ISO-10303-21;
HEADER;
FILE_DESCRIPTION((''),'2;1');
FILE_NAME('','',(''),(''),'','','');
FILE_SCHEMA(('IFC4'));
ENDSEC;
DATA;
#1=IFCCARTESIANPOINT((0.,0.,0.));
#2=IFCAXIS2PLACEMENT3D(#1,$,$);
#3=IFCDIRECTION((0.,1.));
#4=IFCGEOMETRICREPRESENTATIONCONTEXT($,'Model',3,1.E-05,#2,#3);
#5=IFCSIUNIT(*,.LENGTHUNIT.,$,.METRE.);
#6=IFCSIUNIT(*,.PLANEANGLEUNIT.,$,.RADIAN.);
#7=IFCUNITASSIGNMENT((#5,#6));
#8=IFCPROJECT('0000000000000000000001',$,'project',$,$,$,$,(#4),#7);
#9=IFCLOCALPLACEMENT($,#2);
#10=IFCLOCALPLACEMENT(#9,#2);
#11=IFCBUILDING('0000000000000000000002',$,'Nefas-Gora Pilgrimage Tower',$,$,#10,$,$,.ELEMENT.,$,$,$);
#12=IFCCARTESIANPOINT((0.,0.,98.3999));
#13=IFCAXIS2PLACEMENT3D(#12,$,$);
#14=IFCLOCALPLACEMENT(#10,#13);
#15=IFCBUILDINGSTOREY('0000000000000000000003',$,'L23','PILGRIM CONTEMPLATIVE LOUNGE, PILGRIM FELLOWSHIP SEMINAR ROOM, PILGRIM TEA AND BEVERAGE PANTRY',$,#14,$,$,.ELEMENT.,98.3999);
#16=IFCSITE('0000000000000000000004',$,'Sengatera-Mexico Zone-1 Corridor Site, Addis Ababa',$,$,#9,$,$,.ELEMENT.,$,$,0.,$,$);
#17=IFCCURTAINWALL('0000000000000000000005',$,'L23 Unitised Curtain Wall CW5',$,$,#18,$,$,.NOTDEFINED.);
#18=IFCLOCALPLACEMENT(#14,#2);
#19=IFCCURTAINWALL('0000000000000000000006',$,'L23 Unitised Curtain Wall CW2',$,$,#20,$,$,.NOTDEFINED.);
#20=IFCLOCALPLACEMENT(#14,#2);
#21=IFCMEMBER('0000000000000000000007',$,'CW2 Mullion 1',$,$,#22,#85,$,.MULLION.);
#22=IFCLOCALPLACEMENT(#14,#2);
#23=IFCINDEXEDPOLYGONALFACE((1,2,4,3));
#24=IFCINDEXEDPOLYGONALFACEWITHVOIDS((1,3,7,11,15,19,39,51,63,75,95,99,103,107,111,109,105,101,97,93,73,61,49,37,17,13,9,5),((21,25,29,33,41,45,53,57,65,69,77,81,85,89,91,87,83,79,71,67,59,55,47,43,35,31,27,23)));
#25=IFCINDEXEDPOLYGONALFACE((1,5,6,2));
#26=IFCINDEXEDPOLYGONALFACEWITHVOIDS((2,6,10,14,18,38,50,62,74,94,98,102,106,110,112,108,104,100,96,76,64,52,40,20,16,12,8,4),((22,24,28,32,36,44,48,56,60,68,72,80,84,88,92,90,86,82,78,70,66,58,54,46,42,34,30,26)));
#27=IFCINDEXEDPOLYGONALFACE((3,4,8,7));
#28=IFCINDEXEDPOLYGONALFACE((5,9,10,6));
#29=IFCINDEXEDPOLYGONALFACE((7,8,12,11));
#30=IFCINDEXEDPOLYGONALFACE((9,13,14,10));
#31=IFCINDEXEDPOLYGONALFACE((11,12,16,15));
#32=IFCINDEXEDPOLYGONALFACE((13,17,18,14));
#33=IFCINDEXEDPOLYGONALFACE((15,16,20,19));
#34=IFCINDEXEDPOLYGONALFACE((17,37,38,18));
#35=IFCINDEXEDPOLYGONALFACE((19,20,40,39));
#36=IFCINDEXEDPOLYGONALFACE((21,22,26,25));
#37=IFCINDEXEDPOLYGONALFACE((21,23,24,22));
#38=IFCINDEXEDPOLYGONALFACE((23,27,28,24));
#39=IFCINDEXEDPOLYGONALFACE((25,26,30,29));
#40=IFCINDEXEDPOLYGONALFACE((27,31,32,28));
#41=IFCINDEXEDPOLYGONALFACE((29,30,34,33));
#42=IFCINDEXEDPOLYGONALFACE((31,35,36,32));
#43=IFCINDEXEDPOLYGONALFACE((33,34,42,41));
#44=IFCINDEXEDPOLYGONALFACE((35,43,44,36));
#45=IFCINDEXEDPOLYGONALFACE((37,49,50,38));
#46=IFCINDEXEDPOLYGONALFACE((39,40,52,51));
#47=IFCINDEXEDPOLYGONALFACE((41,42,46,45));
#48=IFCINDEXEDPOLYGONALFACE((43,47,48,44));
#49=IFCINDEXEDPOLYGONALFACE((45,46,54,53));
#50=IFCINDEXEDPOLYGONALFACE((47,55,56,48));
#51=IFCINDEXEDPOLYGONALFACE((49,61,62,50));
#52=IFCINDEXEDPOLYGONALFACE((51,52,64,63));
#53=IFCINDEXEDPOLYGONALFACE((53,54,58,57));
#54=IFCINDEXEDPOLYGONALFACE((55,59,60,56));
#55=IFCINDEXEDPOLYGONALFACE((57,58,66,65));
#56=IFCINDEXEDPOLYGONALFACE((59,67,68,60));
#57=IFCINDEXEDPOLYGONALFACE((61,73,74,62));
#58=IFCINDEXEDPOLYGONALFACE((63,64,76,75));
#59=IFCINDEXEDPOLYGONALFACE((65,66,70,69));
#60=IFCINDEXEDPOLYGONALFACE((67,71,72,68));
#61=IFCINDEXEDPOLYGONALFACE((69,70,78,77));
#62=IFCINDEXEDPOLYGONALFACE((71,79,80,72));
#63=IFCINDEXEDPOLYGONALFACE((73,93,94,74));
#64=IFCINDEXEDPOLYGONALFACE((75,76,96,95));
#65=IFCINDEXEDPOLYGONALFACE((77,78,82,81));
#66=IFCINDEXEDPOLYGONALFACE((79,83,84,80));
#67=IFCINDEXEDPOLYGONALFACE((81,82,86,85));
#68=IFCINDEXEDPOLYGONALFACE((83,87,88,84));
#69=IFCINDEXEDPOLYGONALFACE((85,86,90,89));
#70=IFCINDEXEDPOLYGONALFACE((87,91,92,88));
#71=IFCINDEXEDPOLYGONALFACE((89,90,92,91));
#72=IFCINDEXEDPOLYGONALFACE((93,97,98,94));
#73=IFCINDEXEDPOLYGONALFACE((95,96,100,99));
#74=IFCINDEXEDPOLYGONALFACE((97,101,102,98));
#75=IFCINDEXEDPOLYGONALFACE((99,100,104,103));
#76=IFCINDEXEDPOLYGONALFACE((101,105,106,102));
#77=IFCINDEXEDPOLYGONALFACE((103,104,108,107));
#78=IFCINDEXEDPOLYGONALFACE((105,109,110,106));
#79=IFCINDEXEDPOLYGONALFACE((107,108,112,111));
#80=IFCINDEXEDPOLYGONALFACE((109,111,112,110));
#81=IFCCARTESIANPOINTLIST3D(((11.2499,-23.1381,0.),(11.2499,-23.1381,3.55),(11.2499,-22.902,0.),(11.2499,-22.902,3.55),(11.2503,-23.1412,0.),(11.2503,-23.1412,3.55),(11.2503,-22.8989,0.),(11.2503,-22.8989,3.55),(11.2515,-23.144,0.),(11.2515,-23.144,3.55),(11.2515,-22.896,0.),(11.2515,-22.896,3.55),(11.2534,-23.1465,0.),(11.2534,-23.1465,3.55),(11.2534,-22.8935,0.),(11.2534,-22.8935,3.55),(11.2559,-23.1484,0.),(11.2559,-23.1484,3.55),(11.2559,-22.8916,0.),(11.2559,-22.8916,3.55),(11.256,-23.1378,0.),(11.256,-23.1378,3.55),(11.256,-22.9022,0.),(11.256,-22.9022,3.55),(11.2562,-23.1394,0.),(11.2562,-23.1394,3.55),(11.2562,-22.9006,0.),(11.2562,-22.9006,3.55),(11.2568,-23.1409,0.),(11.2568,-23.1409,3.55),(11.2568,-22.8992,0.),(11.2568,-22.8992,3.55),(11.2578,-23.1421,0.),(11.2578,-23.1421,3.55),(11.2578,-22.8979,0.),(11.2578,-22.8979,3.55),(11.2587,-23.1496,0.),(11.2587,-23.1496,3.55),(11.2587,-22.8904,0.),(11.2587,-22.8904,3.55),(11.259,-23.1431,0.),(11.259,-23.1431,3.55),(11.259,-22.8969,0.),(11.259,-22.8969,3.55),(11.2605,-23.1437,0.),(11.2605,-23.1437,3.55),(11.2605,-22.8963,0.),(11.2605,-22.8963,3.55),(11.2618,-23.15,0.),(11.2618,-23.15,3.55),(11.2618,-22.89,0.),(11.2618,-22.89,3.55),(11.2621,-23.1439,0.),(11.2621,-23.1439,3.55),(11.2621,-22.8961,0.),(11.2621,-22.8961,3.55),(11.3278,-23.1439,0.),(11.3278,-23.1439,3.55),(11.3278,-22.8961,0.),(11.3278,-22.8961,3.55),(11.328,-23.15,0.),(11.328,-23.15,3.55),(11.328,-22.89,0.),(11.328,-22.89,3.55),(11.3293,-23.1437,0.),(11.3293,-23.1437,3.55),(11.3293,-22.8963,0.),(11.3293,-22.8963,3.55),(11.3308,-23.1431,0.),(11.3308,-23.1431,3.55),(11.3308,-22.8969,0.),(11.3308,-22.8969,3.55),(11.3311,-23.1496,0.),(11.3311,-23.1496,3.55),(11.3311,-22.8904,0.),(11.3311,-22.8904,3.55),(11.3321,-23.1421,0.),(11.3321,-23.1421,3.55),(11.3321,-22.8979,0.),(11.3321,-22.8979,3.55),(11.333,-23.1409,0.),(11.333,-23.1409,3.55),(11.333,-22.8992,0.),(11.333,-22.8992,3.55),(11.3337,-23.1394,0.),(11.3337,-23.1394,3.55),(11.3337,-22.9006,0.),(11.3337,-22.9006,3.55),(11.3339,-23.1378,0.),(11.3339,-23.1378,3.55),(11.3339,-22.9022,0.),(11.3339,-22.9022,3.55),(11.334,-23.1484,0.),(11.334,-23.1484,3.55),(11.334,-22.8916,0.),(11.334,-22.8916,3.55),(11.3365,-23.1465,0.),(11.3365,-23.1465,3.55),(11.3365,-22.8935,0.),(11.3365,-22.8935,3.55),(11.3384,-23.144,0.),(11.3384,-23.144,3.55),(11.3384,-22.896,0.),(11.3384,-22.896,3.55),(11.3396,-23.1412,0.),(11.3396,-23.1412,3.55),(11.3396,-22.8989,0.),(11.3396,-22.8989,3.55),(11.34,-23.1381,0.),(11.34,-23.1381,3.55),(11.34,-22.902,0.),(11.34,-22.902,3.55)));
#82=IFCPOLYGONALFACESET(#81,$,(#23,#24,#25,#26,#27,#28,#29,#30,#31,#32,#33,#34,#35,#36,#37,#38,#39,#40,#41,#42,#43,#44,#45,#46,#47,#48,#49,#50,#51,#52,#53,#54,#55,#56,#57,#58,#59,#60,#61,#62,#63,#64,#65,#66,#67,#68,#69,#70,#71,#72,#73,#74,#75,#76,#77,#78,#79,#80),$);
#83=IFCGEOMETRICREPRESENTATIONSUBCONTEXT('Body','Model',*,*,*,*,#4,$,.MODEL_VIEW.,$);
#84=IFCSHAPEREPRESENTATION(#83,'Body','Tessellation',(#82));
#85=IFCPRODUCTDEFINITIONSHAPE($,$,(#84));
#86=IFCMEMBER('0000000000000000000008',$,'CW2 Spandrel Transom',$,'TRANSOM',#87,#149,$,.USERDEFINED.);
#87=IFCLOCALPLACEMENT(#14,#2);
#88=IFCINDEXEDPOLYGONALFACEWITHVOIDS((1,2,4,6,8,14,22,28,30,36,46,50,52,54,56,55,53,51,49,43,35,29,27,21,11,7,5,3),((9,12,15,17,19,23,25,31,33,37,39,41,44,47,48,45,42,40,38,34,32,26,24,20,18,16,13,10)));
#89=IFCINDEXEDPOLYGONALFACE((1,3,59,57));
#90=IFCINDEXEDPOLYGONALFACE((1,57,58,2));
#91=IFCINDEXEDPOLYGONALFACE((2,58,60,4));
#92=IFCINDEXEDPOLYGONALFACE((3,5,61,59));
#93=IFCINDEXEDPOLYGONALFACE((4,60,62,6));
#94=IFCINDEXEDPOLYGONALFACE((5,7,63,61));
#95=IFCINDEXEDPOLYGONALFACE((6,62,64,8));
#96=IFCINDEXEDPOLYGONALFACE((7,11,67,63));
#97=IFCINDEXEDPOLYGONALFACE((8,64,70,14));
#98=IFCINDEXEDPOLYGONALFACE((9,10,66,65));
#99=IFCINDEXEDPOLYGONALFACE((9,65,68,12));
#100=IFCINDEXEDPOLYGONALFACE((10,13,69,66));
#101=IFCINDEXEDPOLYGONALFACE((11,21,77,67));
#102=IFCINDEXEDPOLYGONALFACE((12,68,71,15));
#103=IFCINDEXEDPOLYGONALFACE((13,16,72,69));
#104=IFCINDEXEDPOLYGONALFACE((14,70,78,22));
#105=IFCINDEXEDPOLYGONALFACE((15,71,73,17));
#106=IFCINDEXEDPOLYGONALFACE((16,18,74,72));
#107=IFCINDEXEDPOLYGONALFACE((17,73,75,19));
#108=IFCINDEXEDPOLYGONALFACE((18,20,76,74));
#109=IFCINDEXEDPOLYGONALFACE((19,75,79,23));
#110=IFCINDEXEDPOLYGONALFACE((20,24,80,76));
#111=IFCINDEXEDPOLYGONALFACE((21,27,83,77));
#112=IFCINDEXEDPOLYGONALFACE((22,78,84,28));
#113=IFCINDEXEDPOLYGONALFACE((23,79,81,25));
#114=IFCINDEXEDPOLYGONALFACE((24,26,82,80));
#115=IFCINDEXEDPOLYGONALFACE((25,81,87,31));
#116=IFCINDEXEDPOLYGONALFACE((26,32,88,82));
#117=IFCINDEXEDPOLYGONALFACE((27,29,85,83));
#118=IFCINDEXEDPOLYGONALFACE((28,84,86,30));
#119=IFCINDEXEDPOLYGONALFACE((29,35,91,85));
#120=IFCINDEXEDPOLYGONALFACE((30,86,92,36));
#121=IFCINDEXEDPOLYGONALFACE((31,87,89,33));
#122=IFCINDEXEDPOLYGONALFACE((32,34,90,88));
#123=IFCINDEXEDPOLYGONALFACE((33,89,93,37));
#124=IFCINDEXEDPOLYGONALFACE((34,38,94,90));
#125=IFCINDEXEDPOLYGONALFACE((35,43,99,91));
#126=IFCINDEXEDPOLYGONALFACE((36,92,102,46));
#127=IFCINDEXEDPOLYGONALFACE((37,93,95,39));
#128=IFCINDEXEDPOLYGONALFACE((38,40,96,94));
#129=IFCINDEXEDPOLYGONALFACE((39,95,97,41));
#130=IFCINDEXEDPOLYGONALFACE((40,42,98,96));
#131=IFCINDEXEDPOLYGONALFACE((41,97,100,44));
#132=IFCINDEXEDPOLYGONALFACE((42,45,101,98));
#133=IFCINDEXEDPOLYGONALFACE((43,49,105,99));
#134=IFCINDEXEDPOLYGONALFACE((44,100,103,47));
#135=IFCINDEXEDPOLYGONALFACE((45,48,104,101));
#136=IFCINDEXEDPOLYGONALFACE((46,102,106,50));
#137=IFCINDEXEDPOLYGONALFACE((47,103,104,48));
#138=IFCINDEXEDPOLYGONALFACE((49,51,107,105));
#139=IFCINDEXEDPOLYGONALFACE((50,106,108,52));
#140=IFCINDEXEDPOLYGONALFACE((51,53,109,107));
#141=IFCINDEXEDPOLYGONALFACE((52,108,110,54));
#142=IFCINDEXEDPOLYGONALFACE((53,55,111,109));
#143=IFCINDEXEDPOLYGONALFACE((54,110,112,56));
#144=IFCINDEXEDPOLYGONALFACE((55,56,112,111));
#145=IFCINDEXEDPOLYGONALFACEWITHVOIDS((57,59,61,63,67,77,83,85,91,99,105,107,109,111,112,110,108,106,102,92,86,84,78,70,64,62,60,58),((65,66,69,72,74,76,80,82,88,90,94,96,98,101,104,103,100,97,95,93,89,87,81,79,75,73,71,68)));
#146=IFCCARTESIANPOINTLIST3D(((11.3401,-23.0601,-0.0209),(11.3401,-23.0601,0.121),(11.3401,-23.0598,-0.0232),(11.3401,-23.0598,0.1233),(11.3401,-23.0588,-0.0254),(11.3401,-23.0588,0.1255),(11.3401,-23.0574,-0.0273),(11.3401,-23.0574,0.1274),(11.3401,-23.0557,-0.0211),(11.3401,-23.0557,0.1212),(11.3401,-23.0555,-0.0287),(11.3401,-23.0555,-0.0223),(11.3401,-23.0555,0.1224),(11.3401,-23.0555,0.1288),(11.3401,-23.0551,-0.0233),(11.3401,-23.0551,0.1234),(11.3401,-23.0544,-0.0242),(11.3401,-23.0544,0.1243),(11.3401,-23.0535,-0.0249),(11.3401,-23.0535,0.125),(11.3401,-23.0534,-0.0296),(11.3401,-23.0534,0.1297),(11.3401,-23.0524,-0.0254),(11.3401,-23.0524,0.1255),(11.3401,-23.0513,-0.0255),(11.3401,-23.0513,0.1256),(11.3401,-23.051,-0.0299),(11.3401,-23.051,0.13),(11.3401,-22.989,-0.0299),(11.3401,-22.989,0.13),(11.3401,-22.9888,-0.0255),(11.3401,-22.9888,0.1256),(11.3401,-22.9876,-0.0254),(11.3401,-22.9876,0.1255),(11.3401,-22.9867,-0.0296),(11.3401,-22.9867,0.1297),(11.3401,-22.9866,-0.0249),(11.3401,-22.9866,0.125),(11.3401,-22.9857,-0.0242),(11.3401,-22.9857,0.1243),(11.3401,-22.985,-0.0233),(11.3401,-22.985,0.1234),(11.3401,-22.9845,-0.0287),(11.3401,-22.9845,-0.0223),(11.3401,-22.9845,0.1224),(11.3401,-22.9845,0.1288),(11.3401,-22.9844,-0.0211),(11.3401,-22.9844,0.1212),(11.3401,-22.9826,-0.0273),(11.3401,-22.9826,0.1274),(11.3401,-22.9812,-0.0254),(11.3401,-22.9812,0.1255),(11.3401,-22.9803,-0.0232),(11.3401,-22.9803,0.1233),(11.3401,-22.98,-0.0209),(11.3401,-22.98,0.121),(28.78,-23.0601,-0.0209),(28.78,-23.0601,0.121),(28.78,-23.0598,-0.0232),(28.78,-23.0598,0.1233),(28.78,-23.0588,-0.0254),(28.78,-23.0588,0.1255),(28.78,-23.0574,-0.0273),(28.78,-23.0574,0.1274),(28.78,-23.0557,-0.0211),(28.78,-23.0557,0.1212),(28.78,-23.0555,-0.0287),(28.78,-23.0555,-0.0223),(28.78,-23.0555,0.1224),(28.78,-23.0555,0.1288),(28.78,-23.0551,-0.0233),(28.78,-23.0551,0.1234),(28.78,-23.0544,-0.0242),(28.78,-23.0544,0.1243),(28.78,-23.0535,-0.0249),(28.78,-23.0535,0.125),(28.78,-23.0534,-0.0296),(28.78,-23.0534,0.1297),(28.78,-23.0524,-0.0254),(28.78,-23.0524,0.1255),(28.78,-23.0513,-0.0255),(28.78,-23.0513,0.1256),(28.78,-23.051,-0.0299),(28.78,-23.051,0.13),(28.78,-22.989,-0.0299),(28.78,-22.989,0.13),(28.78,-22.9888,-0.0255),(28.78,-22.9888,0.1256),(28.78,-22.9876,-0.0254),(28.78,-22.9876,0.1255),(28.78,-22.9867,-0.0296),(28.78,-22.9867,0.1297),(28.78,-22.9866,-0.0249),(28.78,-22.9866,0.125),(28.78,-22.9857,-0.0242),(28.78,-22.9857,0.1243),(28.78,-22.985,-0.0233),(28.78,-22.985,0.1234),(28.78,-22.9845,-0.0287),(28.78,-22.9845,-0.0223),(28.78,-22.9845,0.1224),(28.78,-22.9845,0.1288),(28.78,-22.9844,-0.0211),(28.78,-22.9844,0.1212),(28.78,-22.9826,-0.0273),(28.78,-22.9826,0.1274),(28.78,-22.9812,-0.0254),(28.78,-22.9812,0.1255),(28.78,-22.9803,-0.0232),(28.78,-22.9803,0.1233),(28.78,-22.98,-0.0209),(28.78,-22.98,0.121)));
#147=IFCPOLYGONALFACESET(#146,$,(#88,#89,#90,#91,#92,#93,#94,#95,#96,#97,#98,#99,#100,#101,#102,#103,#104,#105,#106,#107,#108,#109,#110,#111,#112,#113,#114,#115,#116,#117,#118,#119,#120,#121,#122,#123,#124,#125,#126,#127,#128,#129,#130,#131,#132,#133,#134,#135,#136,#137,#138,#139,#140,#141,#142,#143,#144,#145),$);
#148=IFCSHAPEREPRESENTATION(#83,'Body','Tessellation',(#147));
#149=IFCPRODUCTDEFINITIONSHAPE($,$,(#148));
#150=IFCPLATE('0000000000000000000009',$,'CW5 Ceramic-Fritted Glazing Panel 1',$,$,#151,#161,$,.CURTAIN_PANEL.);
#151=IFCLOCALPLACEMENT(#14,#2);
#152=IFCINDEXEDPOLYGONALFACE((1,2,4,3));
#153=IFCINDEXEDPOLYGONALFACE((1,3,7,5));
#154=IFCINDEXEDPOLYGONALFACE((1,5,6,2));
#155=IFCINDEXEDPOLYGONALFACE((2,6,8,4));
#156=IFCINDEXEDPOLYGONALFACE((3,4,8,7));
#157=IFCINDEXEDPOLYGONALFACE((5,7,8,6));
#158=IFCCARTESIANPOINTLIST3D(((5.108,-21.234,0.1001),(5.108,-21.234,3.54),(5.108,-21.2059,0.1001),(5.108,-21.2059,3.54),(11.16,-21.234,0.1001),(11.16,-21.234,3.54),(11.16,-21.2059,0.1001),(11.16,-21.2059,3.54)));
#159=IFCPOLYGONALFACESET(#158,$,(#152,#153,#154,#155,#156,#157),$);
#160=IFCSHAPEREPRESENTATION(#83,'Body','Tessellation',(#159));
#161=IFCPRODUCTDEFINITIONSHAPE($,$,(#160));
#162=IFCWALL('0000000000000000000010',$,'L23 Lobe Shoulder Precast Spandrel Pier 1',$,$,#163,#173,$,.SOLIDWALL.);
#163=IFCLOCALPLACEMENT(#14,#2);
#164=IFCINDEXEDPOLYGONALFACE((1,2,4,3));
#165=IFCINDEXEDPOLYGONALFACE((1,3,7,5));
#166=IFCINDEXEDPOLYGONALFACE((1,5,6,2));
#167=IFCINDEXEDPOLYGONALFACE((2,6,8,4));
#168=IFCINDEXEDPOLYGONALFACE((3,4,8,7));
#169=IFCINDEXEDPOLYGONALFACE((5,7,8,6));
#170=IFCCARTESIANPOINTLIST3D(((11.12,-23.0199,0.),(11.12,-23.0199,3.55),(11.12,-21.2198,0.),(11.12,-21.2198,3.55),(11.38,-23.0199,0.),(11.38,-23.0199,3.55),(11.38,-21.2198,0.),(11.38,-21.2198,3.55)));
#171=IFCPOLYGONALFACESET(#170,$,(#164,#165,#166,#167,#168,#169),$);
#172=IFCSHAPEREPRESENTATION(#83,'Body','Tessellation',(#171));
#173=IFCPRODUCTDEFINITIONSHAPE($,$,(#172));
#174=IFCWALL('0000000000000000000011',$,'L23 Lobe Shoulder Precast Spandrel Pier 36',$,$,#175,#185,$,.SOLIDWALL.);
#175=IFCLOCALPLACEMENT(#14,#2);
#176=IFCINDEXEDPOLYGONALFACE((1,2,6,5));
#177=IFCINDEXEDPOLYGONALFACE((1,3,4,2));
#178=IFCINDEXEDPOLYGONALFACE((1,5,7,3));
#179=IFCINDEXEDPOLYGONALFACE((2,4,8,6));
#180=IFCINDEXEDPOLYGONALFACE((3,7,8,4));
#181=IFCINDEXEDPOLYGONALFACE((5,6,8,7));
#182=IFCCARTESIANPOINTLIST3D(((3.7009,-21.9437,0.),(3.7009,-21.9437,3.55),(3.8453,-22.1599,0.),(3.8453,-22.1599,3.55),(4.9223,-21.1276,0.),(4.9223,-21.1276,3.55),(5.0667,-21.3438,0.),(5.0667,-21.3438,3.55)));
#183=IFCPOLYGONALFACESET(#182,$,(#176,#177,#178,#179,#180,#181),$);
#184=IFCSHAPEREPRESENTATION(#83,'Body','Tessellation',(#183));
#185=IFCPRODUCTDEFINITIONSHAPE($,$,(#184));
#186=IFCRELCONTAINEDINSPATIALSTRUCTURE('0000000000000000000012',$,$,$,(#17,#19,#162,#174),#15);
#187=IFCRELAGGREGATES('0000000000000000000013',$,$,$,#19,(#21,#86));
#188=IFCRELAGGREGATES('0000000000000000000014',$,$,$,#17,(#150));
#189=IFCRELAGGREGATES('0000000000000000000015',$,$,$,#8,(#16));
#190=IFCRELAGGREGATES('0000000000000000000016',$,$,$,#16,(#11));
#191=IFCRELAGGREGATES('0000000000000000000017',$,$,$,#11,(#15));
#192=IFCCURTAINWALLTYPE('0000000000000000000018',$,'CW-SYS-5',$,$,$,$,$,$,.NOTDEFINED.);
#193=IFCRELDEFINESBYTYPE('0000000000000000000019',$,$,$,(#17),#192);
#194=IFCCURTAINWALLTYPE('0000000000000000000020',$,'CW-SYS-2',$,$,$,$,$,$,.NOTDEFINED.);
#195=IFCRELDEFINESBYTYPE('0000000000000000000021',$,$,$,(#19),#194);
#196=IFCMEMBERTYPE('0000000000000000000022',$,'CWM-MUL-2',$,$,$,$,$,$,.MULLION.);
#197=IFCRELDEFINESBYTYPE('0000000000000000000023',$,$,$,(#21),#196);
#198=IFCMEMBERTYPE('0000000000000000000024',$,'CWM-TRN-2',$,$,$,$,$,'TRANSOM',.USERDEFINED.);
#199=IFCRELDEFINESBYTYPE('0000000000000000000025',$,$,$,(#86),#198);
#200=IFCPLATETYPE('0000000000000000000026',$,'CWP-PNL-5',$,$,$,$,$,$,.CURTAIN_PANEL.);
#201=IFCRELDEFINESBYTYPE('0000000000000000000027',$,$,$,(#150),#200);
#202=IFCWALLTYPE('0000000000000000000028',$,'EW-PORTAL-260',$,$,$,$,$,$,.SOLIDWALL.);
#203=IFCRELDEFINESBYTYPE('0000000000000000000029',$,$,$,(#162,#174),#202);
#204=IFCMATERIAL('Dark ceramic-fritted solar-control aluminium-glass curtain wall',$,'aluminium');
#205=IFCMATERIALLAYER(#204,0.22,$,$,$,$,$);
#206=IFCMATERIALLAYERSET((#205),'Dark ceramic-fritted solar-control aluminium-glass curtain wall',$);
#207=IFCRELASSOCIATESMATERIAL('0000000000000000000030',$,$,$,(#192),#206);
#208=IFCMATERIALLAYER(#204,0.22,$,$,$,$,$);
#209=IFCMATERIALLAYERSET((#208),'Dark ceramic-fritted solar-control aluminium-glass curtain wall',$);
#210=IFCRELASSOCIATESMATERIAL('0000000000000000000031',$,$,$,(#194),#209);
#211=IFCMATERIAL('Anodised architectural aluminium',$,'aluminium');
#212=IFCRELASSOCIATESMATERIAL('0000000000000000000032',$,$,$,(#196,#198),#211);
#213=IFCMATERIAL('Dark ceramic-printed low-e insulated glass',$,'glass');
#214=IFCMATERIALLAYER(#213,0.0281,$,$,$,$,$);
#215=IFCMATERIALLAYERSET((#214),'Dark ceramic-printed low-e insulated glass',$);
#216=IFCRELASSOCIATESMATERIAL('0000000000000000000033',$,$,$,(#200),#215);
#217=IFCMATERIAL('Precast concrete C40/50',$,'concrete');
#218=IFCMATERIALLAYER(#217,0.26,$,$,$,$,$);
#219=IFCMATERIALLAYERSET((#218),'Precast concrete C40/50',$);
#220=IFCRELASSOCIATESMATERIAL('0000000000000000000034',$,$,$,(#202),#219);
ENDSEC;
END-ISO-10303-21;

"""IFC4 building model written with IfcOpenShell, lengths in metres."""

from ifc_helpers import new_model, si_unit, direction, frame, frame_2d, origin, origin_2d, place, context, subcontext, project, spatial, rectangle, hollow_rectangle, extrude, source, transform, mapped, material, layer, layer_set, material_profile, profile_set, type_object, element, aggregate, save


model = new_model("IFC4")

# Units and contexts
model_context = context("Model", 3, precision=1e-05, world=origin(), true_north=direction((0.0, 1.0)))
body_context = subcontext(model_context, "Body", "Model", "MODEL_VIEW")
ifc_project = project(units=[si_unit("LENGTHUNIT", "METRE"), si_unit("PLANEANGLEUNIT", "RADIAN")], contexts=[model_context])

# Site, building, storey
site_placement = place(None, origin())
site = spatial("IfcSite", under=ifc_project, at=site_placement, Name="Sengatera-Mexico Zone-1 Corridor Site, Addis Ababa", CompositionType="ELEMENT", RefElevation=0.0)
building_placement = place(site_placement, origin())
building = spatial("IfcBuilding", under=site, at=building_placement, Name="Nefas-Gora Pilgrimage Tower", CompositionType="ELEMENT")
storey_placement = place(building_placement, frame((0.0, 0.0, 98.3999)))
storey = spatial("IfcBuildingStorey", under=building, at=storey_placement, Name="L23", Description="PILGRIM CONTEMPLATIVE LOUNGE, PILGRIM FELLOWSHIP SEMINAR ROOM, PILGRIM TEA AND BEVERAGE PANTRY", CompositionType="ELEMENT", Elevation=98.3999)

# Curtain wall
ifc_material_1 = material(Name="Dark ceramic-fritted solar-control aluminium-glass curtain wall", Category="aluminium")
ifc_layer_1 = layer(ifc_material_1, 0.22)
ifc_layer_set_1 = layer_set([ifc_layer_1], Name="Dark ceramic-fritted solar-control aluminium-glass curtain wall")
curtain_wall_type_1 = type_object("IfcCurtainWallType", Name="CW-SYS-5", PredefinedType="NOTDEFINED", material=ifc_layer_set_1)
curtain_wall_1_placement = place(storey_placement, origin())
curtain_wall_1 = element("IfcCurtainWall", 1, at=curtain_wall_1_placement, inside=storey, type_object=curtain_wall_type_1, Name="L23 Unitised Curtain Wall CW5", PredefinedType="NOTDEFINED")
ifc_material_2 = material(Name="Anodised architectural aluminium", Category="aluminium")

# Curtain wall, members
ifc_layer_2 = layer(ifc_material_1, 0.22)
ifc_layer_set_2 = layer_set([ifc_layer_2], Name="Dark ceramic-fritted solar-control aluminium-glass curtain wall")
curtain_wall_type_2 = type_object("IfcCurtainWallType", Name="CW-SYS-2", PredefinedType="NOTDEFINED", material=ifc_layer_set_2)
curtain_wall_2_placement = place(storey_placement, origin())
curtain_wall_2 = element("IfcCurtainWall", 2, at=curtain_wall_2_placement, inside=storey, type_object=curtain_wall_type_2, Name="L23 Unitised Curtain Wall CW2", PredefinedType="NOTDEFINED")
ifc_material_profile_1 = material_profile(ifc_material_2, hollow_rectangle(XDim=0.0901, YDim=0.26, WallThickness=0.0061, InnerFilletRadius=0.0061, OuterFilletRadius=0.012, at=origin_2d()), Name="ALU MULLION 90x260")
ifc_profile_set_1 = profile_set([ifc_material_profile_1], Name="Anodised architectural aluminium")
member_type_1 = type_object("IfcMemberType", Name="CWM-MUL-2", PredefinedType="MULLION", material=ifc_profile_set_1)
shared_shape_1 = source(origin(), body_context, "Body", "SweptSolid", [
    extrude(hollow_rectangle(XDim=0.0901, YDim=0.26, WallThickness=0.0061, InnerFilletRadius=0.0061, OuterFilletRadius=0.012, at=origin_2d()), origin(), (0.0, 0.0, 1.0), 3.55),
])
member_1_placement = place(storey_placement, frame((11.2949, -23.02, 0.0), z_axis=(0.0, 0.0, 1.0), x_axis=(1.0, 0.0, 0.0)))
member_1 = element("IfcMember", 3, at=member_1_placement, type_object=member_type_1, Name="CW2 Mullion 1", PredefinedType="MULLION", context=body_context, shape_type="MappedRepresentation", body=[
    mapped(shared_shape_1, transform((0.0, 0.0, 0.0), x_axis=(1.0, 0.0, 0.0), y_axis=(0.0, 1.0, 0.0), z_axis=(0.0, 0.0, 1.0), scale=1.0)),
])
ifc_material_profile_2 = material_profile(ifc_material_2, hollow_rectangle(XDim=0.0801, YDim=0.1599, WallThickness=0.0044, InnerFilletRadius=0.0044, OuterFilletRadius=0.009, at=origin_2d()), Name="ALU TRANSOM 80x160")
ifc_profile_set_2 = profile_set([ifc_material_profile_2], Name="Anodised architectural aluminium")
member_type_2 = type_object("IfcMemberType", Name="CWM-TRN-2", ElementType="TRANSOM", PredefinedType="USERDEFINED", material=ifc_profile_set_2)
shared_shape_2 = source(origin(), body_context, "Body", "SweptSolid", [
    extrude(hollow_rectangle(XDim=0.0801, YDim=0.1599, WallThickness=0.0044, InnerFilletRadius=0.0044, OuterFilletRadius=0.009, at=origin_2d()), origin(), (0.0, 0.0, 1.0), 17.4399),
])
member_2_placement = place(storey_placement, frame((11.3401, -23.02, 0.05), z_axis=(1.0, 0.0, 0.0), x_axis=(0.0, 1.0, 0.0)))
member_2 = element("IfcMember", 4, at=member_2_placement, type_object=member_type_2, Name="CW2 Spandrel Transom", ObjectType="TRANSOM", PredefinedType="USERDEFINED", context=body_context, shape_type="MappedRepresentation", body=[
    mapped(shared_shape_2, transform((0.0, 0.0, 0.0), x_axis=(1.0, 0.0, 0.0), y_axis=(0.0, 1.0, 0.0), z_axis=(0.0, 0.0, 1.0), scale=1.0)),
])
aggregate(curtain_wall_2, [member_1, member_2])

# Plate
ifc_material_3 = material(Name="Dark ceramic-printed low-e insulated glass", Category="glass")
ifc_layer_3 = layer(ifc_material_3, 0.0281)
ifc_layer_set_3 = layer_set([ifc_layer_3], Name="Dark ceramic-printed low-e insulated glass")
plate_type = type_object("IfcPlateType", Name="CWP-PNL-5", PredefinedType="CURTAIN_PANEL", material=ifc_layer_set_3)
shared_shape_3 = source(origin(), body_context, "Body", "SweptSolid", [
    extrude(rectangle(XDim=6.052, YDim=0.0281, at=origin_2d()), origin(), (0.0, 0.0, 1.0), 3.4399),
])
plate_placement = place(storey_placement, frame((8.134, -21.22, 0.1001), z_axis=(0.0, 0.0, 1.0), x_axis=(1.0, 0.0, 0.0)))
plate = element("IfcPlate", 5, at=plate_placement, type_object=plate_type, Name="CW5 Ceramic-Fritted Glazing Panel 1", PredefinedType="CURTAIN_PANEL", context=body_context, shape_type="MappedRepresentation", body=[
    mapped(shared_shape_3, transform((0.0, 0.0, 0.0), x_axis=(1.0, 0.0, 0.0), y_axis=(0.0, 1.0, 0.0), z_axis=(0.0, 0.0, 1.0), scale=1.0)),
])
aggregate(curtain_wall_1, [plate])

# Walls
ifc_material_4 = material(Name="Precast concrete C40/50", Category="concrete")
ifc_layer_4 = layer(ifc_material_4, 0.26)
ifc_layer_set_4 = layer_set([ifc_layer_4], Name="Precast concrete C40/50")
wall_type_1 = type_object("IfcWallType", Name="EW-PORTAL-260", PredefinedType="SOLIDWALL", material=ifc_layer_set_4)
shared_shape_4 = source(origin(), body_context, "Body", "SweptSolid", [
    extrude(rectangle(XDim=1.8, YDim=0.26, at=frame_2d((0.8999, 0.0))), origin(), (0.0, 0.0, 1.0), 3.55),
])
wall_1_placement = place(storey_placement, frame((11.25, -21.22, 0.0), z_axis=(0.0, 0.0, 1.0), x_axis=(0.0, -1.0, 0.0)))
element("IfcWall", 6, at=wall_1_placement, inside=storey, type_object=wall_type_1, Name="L23 Lobe Shoulder Precast Spandrel Pier 1", PredefinedType="SOLIDWALL", context=body_context, shape_type="MappedRepresentation", body=[
    mapped(shared_shape_4, transform((0.0, 0.0, 0.0), x_axis=(1.0, 0.0, 0.0), y_axis=(0.0, 1.0, 0.0), z_axis=(0.0, 0.0, 1.0), scale=1.0)),
])
shared_shape_5 = source(origin(), body_context, "Body", "SweptSolid", [
    extrude(rectangle(XDim=1.469, YDim=0.26, at=frame_2d((0.7344, 0.0))), origin(), (0.0, 0.0, 1.0), 3.55),
])
wall_2_placement = place(storey_placement, frame((3.7732, -22.0518, 0.0), z_axis=(0.0, 0.0, 1.0), x_axis=(0.831462, 0.555582, 0.0)))
element("IfcWall", 7, at=wall_2_placement, inside=storey, type_object=wall_type_1, Name="L23 Lobe Shoulder Precast Spandrel Pier 36", PredefinedType="SOLIDWALL", context=body_context, shape_type="MappedRepresentation", body=[
    mapped(shared_shape_5, transform((0.0, 0.0, 0.0), x_axis=(1.0, 0.0, 0.0), y_axis=(0.0, 1.0, 0.0), z_axis=(0.0, 0.0, 1.0), scale=1.0)),
])

save(model, "model.ifc")
